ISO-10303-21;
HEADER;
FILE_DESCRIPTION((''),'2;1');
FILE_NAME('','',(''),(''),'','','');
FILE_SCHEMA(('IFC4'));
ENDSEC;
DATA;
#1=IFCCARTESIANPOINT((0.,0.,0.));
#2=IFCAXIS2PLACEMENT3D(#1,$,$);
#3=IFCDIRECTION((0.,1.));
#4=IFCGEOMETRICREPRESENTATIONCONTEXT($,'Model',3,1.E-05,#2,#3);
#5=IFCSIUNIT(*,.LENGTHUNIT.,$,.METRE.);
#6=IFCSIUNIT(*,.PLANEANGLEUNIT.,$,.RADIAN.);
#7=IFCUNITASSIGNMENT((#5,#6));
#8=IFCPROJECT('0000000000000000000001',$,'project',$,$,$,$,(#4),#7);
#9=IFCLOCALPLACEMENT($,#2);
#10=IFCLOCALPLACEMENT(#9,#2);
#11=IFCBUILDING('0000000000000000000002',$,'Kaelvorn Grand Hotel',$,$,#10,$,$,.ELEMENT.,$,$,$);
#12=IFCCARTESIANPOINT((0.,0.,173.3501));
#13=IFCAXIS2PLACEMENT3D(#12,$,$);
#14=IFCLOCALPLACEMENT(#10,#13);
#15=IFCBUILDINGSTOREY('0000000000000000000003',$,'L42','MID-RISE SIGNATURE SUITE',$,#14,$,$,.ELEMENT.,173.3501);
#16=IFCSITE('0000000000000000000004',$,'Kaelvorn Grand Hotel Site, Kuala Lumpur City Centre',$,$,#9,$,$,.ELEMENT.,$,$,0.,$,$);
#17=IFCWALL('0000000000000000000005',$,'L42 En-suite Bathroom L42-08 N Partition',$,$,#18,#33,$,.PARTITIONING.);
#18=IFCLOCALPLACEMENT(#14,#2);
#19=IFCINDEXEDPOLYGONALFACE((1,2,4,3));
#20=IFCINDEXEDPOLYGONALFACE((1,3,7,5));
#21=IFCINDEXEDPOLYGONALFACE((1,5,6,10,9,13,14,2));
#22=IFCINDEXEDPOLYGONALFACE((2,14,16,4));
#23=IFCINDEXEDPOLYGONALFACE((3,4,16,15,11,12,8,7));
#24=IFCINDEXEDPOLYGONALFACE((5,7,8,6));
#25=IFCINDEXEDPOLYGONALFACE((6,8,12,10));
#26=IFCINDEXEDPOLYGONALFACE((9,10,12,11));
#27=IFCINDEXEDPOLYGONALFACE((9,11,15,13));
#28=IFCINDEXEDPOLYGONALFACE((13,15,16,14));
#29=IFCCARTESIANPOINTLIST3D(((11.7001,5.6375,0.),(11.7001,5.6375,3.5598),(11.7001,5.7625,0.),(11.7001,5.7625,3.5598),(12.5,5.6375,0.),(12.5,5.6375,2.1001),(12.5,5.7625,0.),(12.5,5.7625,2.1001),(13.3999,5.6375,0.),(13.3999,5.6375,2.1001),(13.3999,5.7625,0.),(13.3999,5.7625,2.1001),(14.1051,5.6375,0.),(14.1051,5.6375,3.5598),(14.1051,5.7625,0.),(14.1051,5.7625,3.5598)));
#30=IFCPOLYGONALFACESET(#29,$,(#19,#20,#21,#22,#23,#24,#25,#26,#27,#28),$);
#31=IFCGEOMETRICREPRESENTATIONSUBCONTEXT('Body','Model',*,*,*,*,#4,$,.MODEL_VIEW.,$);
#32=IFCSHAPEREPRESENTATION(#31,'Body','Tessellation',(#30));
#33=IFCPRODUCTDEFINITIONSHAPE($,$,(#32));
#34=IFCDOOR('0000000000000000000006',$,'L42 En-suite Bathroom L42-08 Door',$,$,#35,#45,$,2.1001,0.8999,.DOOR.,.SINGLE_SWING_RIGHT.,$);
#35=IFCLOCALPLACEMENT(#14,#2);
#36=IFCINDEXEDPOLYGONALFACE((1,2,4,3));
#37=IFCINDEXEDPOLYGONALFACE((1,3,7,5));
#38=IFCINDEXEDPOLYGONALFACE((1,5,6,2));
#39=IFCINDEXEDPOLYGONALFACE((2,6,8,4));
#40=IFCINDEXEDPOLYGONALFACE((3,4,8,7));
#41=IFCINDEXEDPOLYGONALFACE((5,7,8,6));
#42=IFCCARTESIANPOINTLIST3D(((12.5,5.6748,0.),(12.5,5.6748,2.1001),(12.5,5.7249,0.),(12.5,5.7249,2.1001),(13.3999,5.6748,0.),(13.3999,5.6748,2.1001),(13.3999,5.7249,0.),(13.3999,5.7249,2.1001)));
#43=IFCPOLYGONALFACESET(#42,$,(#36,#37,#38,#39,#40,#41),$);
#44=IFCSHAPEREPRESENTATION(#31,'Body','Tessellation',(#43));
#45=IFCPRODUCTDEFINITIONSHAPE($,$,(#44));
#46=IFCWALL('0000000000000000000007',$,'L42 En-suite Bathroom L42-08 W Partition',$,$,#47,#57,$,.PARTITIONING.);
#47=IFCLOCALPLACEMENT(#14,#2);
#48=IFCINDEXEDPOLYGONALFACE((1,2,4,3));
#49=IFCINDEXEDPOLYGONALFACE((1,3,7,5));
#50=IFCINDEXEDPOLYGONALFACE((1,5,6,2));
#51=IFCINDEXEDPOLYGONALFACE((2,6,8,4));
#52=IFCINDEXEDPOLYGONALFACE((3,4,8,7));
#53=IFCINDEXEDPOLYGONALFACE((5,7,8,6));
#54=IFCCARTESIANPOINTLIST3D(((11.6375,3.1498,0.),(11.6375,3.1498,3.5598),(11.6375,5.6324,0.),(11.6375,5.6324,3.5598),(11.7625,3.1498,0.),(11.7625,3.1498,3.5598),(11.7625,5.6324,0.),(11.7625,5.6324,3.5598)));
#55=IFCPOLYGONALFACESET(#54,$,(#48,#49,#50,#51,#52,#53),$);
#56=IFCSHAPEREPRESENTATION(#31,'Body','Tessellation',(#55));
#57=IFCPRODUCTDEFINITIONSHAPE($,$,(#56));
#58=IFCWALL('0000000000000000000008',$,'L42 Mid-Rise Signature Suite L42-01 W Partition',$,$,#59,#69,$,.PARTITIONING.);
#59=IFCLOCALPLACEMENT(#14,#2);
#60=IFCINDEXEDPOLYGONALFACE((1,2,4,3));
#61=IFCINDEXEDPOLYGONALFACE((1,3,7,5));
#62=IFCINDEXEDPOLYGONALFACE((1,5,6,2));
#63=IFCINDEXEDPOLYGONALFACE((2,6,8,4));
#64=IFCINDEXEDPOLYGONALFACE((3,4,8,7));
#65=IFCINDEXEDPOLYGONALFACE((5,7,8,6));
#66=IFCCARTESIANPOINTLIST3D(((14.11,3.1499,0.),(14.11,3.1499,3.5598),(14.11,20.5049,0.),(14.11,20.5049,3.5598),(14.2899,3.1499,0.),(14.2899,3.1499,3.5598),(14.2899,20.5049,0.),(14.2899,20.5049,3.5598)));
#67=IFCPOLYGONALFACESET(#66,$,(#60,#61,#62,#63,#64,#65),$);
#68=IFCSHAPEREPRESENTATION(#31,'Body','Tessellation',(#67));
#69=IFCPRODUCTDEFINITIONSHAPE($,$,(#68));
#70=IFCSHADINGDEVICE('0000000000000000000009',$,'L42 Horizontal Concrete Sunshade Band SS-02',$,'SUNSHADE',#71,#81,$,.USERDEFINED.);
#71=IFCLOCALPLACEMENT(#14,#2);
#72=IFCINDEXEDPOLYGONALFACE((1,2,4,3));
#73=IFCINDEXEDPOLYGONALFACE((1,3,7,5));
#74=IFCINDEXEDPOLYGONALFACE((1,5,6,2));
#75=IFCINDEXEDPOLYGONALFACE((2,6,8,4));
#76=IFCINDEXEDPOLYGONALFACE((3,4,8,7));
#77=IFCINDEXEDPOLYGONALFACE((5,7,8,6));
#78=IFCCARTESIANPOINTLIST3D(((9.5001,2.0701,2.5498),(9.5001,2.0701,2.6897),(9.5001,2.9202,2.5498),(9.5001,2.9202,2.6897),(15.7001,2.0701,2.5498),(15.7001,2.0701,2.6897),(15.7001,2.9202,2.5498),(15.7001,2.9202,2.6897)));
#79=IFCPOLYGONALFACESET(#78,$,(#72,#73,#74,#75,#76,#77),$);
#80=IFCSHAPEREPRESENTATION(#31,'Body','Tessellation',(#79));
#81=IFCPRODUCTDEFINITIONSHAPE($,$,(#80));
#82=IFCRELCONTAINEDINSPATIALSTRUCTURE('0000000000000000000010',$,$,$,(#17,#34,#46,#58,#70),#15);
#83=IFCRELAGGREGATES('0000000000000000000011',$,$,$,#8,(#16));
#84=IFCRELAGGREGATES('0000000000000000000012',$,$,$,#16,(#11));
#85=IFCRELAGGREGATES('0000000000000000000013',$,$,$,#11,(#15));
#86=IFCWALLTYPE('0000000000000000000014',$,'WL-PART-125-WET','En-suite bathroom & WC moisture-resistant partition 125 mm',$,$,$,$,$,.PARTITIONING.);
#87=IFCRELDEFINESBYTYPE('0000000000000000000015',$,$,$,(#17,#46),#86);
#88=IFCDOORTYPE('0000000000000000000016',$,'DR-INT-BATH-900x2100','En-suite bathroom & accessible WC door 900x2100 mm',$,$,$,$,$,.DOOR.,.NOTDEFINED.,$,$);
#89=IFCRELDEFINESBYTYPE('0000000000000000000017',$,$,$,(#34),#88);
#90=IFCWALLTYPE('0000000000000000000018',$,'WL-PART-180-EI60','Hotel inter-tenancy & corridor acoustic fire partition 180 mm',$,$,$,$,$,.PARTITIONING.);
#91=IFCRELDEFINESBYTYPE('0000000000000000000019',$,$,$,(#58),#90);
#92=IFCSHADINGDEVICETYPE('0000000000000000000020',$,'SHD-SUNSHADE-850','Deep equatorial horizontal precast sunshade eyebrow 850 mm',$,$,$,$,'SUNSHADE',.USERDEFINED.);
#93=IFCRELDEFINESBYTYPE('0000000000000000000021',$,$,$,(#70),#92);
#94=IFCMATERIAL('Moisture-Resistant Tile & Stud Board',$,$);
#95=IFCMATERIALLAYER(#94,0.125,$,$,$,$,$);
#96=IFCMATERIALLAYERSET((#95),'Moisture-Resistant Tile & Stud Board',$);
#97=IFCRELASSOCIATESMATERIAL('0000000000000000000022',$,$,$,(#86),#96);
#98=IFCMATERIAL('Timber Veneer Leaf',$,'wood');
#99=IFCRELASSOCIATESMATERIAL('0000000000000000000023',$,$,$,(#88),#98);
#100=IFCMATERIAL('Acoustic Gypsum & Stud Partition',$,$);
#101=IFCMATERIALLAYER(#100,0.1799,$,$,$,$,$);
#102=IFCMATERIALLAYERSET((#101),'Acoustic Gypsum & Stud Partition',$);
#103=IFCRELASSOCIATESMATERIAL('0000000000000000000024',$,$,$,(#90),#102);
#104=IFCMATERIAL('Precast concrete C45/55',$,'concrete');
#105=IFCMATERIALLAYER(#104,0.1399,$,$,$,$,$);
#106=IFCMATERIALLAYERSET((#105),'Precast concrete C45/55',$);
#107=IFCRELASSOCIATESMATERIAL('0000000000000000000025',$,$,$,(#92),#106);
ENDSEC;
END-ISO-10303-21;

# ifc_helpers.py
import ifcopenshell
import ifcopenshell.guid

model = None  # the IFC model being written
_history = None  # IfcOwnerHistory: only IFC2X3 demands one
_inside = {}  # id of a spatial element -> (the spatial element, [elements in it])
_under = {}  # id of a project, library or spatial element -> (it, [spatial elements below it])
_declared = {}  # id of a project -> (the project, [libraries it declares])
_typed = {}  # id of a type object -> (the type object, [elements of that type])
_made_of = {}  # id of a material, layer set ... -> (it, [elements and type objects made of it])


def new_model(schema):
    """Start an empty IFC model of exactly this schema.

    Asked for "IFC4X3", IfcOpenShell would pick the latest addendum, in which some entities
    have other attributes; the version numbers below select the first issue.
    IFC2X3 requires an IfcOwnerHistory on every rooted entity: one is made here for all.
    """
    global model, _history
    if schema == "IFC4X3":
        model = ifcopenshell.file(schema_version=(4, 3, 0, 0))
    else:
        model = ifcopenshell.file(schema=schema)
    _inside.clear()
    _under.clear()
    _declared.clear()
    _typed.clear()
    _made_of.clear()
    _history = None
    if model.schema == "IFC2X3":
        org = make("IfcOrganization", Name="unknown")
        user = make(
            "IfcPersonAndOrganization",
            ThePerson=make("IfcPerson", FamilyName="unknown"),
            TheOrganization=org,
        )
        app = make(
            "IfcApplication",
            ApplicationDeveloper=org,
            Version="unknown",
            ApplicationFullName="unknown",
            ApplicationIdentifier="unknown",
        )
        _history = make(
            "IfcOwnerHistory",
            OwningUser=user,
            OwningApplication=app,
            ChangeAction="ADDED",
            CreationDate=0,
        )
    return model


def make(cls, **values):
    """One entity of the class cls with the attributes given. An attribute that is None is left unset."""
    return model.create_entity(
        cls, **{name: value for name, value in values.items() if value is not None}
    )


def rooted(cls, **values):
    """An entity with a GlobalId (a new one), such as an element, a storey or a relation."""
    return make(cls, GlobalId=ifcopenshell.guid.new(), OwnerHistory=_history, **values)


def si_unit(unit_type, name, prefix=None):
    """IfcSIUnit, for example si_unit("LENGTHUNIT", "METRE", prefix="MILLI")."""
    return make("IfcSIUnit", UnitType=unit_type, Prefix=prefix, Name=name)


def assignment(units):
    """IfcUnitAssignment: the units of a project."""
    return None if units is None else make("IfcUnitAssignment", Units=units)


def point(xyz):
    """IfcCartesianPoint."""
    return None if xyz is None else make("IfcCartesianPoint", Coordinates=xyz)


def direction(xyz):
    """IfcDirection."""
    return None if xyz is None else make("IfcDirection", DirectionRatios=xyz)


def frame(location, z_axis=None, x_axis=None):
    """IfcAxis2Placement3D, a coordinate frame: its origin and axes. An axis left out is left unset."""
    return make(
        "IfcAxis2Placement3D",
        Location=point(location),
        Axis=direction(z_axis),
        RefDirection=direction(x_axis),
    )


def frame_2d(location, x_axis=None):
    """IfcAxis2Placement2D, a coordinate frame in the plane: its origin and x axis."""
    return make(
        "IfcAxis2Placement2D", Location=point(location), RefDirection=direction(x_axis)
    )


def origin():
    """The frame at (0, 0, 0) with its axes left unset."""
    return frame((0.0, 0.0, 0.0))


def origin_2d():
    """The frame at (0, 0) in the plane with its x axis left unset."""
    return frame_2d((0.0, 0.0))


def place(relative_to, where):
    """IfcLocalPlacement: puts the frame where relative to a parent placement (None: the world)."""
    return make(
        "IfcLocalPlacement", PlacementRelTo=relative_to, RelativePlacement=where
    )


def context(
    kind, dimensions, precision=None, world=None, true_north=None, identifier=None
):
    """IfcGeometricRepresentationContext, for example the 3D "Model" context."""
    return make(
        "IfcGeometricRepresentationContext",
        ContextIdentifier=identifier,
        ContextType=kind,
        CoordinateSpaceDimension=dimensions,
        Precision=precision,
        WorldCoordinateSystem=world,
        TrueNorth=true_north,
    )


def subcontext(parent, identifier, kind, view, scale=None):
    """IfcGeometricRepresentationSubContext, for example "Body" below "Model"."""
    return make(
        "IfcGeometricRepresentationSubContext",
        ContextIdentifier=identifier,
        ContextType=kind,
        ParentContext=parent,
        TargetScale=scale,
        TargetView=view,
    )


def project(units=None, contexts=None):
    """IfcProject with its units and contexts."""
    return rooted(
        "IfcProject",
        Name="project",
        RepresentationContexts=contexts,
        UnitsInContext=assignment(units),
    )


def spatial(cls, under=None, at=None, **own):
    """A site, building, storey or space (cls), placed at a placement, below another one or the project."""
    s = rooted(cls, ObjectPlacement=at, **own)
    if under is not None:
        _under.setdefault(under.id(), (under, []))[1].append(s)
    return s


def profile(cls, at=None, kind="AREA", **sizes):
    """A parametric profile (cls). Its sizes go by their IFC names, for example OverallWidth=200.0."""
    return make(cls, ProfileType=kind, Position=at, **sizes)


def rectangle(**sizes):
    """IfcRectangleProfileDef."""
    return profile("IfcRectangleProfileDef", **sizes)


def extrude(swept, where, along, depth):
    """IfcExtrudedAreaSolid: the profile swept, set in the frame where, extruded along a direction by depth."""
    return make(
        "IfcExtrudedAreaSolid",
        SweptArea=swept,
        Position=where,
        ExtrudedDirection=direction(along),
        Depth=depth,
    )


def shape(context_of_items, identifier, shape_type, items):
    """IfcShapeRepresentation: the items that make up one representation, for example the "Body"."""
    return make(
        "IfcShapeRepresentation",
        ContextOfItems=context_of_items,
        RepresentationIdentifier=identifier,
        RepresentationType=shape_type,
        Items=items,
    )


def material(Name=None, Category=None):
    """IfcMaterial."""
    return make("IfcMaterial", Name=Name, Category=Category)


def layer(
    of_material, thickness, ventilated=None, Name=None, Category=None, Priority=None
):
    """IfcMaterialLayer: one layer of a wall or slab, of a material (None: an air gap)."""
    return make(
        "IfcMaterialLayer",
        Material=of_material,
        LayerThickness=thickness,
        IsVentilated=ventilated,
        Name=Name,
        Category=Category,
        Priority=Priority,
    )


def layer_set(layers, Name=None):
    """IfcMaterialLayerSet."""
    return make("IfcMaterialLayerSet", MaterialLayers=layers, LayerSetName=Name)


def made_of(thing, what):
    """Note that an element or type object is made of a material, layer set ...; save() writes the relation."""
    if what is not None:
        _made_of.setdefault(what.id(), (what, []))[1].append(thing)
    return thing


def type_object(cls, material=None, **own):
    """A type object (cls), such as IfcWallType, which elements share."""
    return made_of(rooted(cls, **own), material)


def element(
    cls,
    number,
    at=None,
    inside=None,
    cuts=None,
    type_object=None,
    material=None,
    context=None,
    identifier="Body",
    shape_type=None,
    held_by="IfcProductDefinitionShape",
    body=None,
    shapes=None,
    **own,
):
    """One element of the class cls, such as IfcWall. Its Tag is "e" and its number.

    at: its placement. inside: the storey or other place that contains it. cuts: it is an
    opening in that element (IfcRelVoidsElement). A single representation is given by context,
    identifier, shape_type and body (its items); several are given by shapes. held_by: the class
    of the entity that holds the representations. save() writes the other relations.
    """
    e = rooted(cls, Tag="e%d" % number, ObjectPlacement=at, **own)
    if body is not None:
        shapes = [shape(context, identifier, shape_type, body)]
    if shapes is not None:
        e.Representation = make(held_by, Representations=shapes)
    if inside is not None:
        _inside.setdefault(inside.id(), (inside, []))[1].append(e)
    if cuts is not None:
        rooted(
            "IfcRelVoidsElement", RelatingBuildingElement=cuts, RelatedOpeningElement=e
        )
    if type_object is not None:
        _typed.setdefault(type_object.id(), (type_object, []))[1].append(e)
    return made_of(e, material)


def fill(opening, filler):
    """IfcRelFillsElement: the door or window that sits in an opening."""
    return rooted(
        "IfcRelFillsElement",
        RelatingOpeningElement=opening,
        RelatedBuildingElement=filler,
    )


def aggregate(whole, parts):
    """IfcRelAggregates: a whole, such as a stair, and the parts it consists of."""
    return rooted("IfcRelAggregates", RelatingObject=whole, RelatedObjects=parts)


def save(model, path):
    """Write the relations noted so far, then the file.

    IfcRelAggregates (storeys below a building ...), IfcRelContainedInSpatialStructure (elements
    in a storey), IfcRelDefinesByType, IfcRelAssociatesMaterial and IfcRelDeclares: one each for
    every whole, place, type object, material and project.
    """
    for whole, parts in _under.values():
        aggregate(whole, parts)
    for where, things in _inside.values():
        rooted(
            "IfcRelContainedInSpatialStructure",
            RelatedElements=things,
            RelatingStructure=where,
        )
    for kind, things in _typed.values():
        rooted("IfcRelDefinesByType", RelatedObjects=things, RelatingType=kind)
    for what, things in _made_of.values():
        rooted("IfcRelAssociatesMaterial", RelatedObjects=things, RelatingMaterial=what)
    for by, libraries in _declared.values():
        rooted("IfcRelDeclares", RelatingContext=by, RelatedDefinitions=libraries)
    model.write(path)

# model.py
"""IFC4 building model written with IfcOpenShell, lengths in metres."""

from ifc_helpers import new_model, si_unit, direction, frame, frame_2d, origin, origin_2d, place, context, subcontext, project, spatial, rectangle, extrude, material, layer, layer_set, type_object, element, fill, save


model = new_model("IFC4")

# Units and contexts
model_context = context("Model", 3, precision=1e-05, world=origin(), true_north=direction((0.0, 1.0)))
body_context = subcontext(model_context, "Body", "Model", "MODEL_VIEW")
ifc_project = project(units=[si_unit("LENGTHUNIT", "METRE"), si_unit("PLANEANGLEUNIT", "RADIAN")], contexts=[model_context])

# Site, building, storey
site_placement = place(None, origin())
site = spatial("IfcSite", under=ifc_project, at=site_placement, Name="Kaelvorn Grand Hotel Site, Kuala Lumpur City Centre", CompositionType="ELEMENT", RefElevation=0.0)
building_placement = place(site_placement, origin())
building = spatial("IfcBuilding", under=site, at=building_placement, Name="Kaelvorn Grand Hotel", CompositionType="ELEMENT")
storey_placement = place(building_placement, frame((0.0, 0.0, 173.3501)))
storey = spatial("IfcBuildingStorey", under=building, at=storey_placement, Name="L42", Description="MID-RISE SIGNATURE SUITE", CompositionType="ELEMENT", Elevation=173.3501)

# Wall, opening, door
ifc_material_1 = material(Name="Moisture-Resistant Tile & Stud Board")
ifc_layer_1 = layer(ifc_material_1, 0.125)
ifc_layer_set_1 = layer_set([ifc_layer_1], Name="Moisture-Resistant Tile & Stud Board")
wall_type_1 = type_object("IfcWallType", Name="WL-PART-125-WET", Description="En-suite bathroom & WC moisture-resistant partition 125 mm", PredefinedType="PARTITIONING", material=ifc_layer_set_1)
wall_1_placement = place(storey_placement, frame((11.7, 5.7, 0.0), z_axis=(0.0, 0.0, 1.0), x_axis=(1.0, 0.0, 0.0)))
wall_1 = element("IfcWall", 1, at=wall_1_placement, inside=storey, type_object=wall_type_1, Name="L42 En-suite Bathroom L42-08 N Partition", PredefinedType="PARTITIONING", context=body_context, shape_type="SweptSolid", body=[
    extrude(rectangle(XDim=2.405, YDim=0.125, at=frame_2d((1.2026, 0.0))), origin(), (0.0, 0.0, 1.0), 3.5598),
])
opening_1_placement = place(wall_1_placement, frame((0.8, 0.0, 0.0)))
opening_1 = element("IfcOpeningElement", 2, at=opening_1_placement, cuts=wall_1, PredefinedType="OPENING", context=body_context, shape_type="SweptSolid", body=[
    extrude(rectangle(XDim=0.8999, YDim=2.1001, at=frame_2d((0.45, 1.05))), frame((0.0, 0.0725, 0.0), z_axis=(0.0, -1.0, 0.0), x_axis=(1.0, 0.0, 0.0)), (0.0, 0.0, 1.0), 0.145),
])
ifc_material_2 = material(Name="Timber Veneer Leaf", Category="wood")
door_type_1 = type_object("IfcDoorType", Name="DR-INT-BATH-900x2100", Description="En-suite bathroom & accessible WC door 900x2100 mm", OperationType="NOTDEFINED", PredefinedType="DOOR", material=ifc_material_2)
door_1_placement = place(opening_1_placement, origin())
door_1 = element("IfcDoor", 3, at=door_1_placement, inside=storey, type_object=door_type_1, Name="L42 En-suite Bathroom L42-08 Door", OperationType="SINGLE_SWING_RIGHT", OverallHeight=2.1001, OverallWidth=0.8999, PredefinedType="DOOR", context=body_context, shape_type="SweptSolid", body=[
    extrude(rectangle(XDim=0.8999, YDim=2.1001, at=frame_2d((0.45, 1.05))), frame((0.0, 0.0249, 0.0), z_axis=(0.0, -1.0, 0.0), x_axis=(1.0, 0.0, 0.0)), (0.0, 0.0, 1.0), 0.05),
])
fill(opening_1, door_1)

# Walls
wall_2_placement = place(storey_placement, frame((11.7, 3.1499, 0.0), z_axis=(0.0, 0.0, 1.0), x_axis=(0.0, 1.0, 0.0)))
element("IfcWall", 4, at=wall_2_placement, inside=storey, type_object=wall_type_1, Name="L42 En-suite Bathroom L42-08 W Partition", PredefinedType="PARTITIONING", context=body_context, shape_type="SweptSolid", body=[
    extrude(rectangle(XDim=2.4827, YDim=0.125, at=frame_2d((1.2412, 0.0))), origin(), (0.0, 0.0, 1.0), 3.5598),
])
ifc_material_3 = material(Name="Acoustic Gypsum & Stud Partition")
ifc_layer_2 = layer(ifc_material_3, 0.1799)
ifc_layer_set_2 = layer_set([ifc_layer_2], Name="Acoustic Gypsum & Stud Partition")
wall_type_2 = type_object("IfcWallType", Name="WL-PART-180-EI60", Description="Hotel inter-tenancy & corridor acoustic fire partition 180 mm", PredefinedType="PARTITIONING", material=ifc_layer_set_2)
wall_3_placement = place(storey_placement, frame((14.2, 3.1499, 0.0), z_axis=(0.0, 0.0, 1.0), x_axis=(0.0, 1.0, 0.0)))
element("IfcWall", 5, at=wall_3_placement, inside=storey, type_object=wall_type_2, Name="L42 Mid-Rise Signature Suite L42-01 W Partition", PredefinedType="PARTITIONING", context=body_context, shape_type="SweptSolid", body=[
    extrude(rectangle(XDim=17.355, YDim=0.1799, at=frame_2d((8.6775, 0.0))), origin(), (0.0, 0.0, 1.0), 3.5598),
])

# Shading device
ifc_material_4 = material(Name="Precast concrete C45/55", Category="concrete")
ifc_layer_3 = layer(ifc_material_4, 0.1399)
ifc_layer_set_3 = layer_set([ifc_layer_3], Name="Precast concrete C45/55")
shading_device_type = type_object("IfcShadingDeviceType", Name="SHD-SUNSHADE-850", Description="Deep equatorial horizontal precast sunshade eyebrow 850 mm", ElementType="SUNSHADE", PredefinedType="USERDEFINED", material=ifc_layer_set_3)
shading_device_placement = place(storey_placement, frame((12.6001, 2.4951, 2.5498), z_axis=(0.0, 0.0, 1.0), x_axis=(1.0, 0.0, 0.0)))
element("IfcShadingDevice", 6, at=shading_device_placement, inside=storey, type_object=shading_device_type, Name="L42 Horizontal Concrete Sunshade Band SS-02", ObjectType="SUNSHADE", PredefinedType="USERDEFINED", context=body_context, shape_type="SweptSolid", body=[
    extrude(rectangle(XDim=6.2, YDim=0.8501, at=origin_2d()), origin(), (0.0, 0.0, 1.0), 0.1399),
])

save(model, "model.ifc")
